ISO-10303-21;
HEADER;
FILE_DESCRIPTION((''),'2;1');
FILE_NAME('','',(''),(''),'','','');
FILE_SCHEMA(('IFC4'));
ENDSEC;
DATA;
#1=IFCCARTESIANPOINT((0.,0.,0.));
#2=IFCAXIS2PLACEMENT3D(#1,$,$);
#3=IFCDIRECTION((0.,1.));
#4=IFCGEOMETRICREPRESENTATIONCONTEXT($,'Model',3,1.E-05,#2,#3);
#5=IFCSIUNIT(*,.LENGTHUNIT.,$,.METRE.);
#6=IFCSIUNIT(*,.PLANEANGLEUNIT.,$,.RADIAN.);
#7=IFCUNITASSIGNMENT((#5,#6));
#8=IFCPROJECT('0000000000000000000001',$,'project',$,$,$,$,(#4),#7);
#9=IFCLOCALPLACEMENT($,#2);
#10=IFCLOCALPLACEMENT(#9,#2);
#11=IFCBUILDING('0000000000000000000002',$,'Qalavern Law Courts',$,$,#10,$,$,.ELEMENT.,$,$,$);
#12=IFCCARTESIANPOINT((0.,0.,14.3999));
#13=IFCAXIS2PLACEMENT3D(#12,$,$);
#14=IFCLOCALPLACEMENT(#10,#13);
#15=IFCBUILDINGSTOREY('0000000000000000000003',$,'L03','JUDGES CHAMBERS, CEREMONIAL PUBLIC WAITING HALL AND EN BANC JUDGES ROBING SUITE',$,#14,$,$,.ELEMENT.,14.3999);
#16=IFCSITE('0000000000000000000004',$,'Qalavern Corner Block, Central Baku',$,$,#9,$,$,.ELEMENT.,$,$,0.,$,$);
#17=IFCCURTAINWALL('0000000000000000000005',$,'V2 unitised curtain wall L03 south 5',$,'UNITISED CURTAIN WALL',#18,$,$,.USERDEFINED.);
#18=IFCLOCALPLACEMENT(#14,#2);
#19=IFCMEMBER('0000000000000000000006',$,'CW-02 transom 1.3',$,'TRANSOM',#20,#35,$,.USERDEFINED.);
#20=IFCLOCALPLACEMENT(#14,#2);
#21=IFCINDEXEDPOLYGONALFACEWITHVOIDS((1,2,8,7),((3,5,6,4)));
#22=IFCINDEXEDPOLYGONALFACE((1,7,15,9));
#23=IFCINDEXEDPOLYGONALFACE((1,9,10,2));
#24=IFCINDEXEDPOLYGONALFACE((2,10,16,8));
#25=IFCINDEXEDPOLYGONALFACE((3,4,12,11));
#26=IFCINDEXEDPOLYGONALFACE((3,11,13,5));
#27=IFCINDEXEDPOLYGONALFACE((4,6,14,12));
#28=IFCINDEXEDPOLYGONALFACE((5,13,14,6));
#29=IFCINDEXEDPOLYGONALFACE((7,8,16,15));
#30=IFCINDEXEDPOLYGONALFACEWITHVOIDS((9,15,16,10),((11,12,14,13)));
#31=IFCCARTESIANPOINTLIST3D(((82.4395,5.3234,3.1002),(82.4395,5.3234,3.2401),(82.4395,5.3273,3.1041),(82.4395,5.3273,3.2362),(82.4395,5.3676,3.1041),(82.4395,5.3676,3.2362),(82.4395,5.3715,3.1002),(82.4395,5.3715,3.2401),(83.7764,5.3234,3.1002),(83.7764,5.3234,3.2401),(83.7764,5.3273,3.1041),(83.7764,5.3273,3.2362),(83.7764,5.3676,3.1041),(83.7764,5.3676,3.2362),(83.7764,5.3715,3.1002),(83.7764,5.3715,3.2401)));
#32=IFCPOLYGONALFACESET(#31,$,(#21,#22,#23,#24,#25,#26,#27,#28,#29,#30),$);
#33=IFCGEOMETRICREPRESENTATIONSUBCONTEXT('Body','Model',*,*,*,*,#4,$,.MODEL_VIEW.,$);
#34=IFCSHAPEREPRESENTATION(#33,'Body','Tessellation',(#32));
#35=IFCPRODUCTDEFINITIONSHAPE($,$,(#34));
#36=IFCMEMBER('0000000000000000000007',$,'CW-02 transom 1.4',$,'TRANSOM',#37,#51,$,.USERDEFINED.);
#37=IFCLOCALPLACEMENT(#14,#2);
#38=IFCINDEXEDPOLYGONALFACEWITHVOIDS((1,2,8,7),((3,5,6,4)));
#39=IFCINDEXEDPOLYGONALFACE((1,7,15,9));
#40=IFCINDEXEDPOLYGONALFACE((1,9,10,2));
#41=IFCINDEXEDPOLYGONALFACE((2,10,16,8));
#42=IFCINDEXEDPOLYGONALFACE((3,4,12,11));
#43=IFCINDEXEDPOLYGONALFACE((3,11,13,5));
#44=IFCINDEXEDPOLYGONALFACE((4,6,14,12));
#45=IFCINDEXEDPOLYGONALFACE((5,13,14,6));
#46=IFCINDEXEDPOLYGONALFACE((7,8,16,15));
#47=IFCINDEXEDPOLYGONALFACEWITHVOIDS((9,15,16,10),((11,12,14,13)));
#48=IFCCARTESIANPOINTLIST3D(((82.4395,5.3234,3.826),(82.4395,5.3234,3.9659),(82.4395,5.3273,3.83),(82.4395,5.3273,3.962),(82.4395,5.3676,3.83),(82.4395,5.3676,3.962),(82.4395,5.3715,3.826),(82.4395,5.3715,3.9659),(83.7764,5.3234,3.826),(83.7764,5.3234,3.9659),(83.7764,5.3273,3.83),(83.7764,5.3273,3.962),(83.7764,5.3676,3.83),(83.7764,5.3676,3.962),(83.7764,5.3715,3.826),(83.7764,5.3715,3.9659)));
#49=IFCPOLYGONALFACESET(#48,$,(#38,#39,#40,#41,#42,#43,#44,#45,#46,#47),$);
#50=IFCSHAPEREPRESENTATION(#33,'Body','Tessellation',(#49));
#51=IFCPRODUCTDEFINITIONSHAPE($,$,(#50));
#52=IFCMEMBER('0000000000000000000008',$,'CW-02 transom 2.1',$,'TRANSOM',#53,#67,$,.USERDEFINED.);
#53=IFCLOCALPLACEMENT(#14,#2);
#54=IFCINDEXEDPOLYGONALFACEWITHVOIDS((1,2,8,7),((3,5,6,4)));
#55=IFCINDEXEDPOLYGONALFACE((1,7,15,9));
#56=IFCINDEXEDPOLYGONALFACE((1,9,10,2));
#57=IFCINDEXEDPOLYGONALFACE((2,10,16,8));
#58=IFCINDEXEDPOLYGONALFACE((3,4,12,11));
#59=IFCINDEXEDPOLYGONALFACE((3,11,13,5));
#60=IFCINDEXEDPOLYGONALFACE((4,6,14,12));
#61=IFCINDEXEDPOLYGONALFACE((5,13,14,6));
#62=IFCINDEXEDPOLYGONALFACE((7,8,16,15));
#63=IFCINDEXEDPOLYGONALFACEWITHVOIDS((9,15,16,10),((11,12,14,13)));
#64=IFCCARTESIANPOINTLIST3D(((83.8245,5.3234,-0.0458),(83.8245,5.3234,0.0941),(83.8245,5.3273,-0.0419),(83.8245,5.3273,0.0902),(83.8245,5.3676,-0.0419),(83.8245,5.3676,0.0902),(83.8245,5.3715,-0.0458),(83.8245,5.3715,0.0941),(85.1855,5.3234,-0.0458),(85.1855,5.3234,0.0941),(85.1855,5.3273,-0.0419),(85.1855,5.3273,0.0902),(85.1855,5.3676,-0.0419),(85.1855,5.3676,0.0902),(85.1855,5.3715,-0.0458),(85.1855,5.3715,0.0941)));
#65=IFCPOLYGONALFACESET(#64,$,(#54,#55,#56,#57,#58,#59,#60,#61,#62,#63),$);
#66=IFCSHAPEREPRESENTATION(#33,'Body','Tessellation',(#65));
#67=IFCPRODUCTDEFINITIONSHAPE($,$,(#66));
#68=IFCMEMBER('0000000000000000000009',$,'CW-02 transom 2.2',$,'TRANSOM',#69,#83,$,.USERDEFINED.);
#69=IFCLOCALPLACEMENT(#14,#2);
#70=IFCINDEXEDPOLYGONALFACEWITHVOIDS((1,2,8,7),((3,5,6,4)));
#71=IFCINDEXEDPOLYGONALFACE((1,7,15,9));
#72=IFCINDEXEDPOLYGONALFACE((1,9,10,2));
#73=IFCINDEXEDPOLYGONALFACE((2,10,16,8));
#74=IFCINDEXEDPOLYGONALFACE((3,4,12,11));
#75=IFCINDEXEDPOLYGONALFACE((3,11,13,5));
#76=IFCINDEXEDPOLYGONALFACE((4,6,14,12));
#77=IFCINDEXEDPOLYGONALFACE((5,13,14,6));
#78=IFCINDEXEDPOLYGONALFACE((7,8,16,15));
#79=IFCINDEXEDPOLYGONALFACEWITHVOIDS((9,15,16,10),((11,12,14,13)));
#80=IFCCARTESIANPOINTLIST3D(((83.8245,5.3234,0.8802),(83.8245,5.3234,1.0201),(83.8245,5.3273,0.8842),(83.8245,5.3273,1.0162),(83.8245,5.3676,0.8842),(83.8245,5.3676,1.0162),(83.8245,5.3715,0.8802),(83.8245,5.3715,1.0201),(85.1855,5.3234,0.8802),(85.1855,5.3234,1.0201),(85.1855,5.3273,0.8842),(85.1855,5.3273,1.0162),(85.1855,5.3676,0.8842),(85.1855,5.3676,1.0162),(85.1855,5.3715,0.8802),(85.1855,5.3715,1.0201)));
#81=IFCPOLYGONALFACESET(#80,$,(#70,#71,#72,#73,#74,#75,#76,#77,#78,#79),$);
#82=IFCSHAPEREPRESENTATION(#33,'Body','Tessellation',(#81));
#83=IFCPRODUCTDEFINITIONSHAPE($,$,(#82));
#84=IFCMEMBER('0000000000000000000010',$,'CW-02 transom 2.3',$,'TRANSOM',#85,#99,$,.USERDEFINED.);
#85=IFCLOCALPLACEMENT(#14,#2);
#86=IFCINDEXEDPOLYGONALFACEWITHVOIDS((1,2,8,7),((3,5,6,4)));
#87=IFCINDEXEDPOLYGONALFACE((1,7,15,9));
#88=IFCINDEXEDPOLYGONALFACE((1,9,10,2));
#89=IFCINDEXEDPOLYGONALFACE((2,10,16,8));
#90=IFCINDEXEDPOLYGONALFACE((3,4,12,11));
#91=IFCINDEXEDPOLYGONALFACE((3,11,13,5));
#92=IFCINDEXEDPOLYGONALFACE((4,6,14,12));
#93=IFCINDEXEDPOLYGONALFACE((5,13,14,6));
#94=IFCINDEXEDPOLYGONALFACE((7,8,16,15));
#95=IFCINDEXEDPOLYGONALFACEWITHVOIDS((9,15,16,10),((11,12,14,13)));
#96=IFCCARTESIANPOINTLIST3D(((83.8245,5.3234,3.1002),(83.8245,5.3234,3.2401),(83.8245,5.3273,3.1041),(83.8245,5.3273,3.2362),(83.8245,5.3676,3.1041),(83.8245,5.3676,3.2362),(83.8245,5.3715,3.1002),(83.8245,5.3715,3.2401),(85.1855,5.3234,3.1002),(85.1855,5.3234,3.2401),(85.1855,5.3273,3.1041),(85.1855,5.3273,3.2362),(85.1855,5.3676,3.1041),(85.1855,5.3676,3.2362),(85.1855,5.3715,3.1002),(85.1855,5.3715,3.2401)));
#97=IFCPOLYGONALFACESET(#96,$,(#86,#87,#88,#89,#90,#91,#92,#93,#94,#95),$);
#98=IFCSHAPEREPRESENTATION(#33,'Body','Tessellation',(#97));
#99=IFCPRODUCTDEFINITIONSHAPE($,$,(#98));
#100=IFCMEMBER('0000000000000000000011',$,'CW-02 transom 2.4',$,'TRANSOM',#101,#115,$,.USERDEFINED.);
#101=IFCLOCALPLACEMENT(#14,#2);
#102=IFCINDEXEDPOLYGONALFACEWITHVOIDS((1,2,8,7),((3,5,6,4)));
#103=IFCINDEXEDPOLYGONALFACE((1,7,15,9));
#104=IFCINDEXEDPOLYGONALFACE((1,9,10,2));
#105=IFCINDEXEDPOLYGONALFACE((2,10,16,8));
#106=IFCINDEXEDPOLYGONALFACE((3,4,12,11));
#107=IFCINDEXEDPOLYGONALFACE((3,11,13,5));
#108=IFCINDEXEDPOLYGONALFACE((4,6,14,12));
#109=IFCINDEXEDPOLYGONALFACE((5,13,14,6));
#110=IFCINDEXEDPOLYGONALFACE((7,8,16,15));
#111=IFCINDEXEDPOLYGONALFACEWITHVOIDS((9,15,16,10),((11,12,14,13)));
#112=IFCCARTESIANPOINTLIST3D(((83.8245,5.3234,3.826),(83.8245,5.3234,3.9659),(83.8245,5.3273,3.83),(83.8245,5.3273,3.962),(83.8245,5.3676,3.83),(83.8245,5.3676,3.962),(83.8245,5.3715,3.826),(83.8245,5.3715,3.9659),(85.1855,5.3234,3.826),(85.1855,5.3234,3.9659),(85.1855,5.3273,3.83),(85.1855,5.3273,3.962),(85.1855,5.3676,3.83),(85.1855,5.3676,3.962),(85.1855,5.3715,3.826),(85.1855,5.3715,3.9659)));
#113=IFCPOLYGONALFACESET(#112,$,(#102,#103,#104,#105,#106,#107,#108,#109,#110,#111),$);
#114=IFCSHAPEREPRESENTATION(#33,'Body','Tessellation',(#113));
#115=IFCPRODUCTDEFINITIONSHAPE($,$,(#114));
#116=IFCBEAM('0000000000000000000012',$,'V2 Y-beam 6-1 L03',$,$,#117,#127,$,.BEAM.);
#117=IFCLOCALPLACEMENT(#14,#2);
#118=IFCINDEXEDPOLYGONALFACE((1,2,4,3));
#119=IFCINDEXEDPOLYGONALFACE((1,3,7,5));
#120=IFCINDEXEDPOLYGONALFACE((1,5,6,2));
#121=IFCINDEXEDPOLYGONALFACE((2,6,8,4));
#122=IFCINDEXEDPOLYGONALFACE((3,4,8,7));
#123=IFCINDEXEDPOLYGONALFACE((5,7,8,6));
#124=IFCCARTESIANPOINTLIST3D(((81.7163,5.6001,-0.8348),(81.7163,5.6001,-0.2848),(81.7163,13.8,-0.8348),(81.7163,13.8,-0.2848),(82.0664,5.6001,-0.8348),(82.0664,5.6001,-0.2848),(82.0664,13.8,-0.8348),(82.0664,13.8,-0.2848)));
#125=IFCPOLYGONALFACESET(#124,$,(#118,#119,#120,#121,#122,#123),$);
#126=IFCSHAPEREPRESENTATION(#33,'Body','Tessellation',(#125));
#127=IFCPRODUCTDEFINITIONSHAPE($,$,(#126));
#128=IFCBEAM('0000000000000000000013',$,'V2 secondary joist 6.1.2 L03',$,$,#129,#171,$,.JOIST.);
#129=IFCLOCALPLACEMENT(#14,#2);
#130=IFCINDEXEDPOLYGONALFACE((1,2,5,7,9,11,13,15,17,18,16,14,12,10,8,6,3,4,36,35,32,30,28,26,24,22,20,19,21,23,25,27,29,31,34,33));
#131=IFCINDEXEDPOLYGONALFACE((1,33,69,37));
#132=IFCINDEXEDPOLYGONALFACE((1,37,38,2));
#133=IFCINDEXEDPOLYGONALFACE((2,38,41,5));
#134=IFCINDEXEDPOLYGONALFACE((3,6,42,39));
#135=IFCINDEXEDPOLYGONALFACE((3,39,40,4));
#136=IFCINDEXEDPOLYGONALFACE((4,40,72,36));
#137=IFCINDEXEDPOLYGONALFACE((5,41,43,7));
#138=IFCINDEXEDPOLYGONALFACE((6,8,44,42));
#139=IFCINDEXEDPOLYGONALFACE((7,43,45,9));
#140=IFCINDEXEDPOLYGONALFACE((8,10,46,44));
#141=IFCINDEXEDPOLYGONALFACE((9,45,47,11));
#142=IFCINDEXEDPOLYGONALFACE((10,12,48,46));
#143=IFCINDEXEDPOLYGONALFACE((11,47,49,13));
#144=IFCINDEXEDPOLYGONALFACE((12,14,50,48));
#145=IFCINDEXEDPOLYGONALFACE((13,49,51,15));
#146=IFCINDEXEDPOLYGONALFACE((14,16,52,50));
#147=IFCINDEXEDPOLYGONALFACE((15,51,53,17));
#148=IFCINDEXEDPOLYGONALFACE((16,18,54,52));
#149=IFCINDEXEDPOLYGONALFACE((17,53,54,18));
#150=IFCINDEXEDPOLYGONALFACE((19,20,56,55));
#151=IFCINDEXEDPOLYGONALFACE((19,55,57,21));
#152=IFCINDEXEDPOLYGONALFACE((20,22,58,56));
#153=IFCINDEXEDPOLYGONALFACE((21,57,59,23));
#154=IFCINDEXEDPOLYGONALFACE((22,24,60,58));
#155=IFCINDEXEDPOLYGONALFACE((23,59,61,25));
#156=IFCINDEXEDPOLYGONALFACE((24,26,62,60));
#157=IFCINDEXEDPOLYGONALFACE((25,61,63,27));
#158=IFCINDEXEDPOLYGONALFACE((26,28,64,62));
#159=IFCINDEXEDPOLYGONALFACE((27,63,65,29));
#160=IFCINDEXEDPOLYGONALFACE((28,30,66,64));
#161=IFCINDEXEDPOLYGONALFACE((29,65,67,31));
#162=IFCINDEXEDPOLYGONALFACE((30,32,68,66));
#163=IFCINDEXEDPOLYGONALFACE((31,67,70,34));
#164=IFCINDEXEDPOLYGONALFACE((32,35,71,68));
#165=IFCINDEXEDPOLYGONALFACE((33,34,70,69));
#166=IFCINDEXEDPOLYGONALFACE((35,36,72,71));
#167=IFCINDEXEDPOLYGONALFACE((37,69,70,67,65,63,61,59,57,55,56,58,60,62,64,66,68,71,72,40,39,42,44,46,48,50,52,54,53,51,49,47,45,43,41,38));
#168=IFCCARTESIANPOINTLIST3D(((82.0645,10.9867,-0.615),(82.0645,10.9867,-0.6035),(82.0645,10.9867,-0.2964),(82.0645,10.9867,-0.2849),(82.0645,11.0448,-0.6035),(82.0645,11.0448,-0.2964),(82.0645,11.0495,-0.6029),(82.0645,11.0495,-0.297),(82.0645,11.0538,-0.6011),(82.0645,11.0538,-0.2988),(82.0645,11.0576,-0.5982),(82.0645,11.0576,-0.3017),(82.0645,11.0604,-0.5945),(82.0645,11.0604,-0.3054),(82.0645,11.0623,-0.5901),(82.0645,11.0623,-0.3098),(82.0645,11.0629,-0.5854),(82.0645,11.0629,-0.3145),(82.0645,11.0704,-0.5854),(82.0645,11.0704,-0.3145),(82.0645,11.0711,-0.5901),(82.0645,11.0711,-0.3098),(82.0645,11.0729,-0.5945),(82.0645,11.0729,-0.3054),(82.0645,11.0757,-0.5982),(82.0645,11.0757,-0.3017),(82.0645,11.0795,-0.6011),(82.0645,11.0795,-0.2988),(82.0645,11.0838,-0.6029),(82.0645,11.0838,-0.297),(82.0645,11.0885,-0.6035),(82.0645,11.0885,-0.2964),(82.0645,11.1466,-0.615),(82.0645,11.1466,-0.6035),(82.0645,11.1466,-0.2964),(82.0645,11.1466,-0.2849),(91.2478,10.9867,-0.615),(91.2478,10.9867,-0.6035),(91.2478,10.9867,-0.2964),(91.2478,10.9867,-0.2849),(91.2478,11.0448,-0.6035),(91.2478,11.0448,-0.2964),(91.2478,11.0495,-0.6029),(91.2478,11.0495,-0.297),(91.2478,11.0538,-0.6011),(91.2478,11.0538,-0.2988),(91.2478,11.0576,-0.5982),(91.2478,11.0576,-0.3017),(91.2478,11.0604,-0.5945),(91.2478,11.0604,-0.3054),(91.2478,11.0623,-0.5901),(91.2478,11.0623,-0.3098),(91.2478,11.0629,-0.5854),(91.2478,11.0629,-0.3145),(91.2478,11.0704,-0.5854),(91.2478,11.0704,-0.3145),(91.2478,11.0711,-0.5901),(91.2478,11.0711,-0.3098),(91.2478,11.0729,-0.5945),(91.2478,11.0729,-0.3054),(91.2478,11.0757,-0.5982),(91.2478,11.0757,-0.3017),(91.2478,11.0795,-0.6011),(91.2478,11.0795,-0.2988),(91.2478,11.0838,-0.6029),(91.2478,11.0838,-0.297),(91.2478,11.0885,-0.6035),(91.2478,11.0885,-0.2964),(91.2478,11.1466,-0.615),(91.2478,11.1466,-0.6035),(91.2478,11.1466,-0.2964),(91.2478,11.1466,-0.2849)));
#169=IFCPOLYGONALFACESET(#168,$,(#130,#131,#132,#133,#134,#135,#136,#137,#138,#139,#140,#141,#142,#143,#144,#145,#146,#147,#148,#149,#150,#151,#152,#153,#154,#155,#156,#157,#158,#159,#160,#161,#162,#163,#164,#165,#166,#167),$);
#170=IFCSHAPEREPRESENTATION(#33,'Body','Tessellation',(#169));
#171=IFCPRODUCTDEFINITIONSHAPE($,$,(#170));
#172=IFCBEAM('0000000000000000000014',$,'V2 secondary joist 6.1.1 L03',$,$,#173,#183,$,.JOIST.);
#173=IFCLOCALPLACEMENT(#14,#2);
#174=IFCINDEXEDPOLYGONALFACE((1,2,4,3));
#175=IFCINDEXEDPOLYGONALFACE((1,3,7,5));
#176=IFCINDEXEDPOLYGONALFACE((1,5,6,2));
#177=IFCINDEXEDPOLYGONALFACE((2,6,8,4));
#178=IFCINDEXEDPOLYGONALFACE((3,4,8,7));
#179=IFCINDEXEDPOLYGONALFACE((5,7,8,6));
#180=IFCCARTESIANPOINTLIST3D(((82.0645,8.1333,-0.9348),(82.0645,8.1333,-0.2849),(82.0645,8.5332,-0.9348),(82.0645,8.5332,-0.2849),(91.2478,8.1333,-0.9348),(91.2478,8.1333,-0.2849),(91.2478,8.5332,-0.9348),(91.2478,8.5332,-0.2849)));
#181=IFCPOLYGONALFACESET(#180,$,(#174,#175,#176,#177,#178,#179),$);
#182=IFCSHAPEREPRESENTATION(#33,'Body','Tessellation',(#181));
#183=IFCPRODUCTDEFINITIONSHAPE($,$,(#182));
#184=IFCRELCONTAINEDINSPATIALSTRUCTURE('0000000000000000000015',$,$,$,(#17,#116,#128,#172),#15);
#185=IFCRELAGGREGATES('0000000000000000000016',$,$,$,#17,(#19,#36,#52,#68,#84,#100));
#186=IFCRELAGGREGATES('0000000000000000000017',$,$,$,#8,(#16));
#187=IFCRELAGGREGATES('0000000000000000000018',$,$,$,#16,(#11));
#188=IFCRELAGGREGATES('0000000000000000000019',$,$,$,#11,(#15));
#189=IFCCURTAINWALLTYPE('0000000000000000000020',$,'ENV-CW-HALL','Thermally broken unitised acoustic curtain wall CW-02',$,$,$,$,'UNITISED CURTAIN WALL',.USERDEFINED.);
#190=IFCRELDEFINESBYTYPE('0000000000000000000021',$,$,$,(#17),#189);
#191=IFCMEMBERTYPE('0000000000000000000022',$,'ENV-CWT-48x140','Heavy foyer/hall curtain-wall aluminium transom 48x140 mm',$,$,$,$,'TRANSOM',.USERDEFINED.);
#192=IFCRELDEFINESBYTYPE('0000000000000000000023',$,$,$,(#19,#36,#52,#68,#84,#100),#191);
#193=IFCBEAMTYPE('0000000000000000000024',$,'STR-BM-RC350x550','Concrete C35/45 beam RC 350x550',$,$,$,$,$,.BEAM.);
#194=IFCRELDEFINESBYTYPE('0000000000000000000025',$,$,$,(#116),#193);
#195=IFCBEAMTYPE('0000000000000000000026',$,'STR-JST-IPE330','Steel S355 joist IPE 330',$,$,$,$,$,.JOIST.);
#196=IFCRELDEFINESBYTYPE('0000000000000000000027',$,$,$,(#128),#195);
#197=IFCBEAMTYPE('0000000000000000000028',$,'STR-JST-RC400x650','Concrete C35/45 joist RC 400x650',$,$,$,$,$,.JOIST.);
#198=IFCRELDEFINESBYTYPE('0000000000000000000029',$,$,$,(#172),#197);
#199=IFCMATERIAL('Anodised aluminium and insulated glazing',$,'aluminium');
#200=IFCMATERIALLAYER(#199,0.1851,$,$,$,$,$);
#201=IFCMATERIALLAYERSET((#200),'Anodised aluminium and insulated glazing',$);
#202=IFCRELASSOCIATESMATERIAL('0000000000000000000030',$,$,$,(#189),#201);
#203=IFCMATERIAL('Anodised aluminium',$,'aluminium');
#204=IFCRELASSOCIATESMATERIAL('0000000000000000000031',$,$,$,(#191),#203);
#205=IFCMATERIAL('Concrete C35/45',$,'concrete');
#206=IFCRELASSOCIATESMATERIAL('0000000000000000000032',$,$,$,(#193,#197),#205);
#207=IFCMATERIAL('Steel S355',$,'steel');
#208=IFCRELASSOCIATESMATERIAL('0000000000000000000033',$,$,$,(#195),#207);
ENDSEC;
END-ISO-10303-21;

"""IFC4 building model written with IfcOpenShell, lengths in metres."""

from ifc_helpers import new_model, si_unit, direction, frame, origin, origin_2d, place, context, subcontext, project, spatial, rectangle, hollow_rectangle, i_section, extrude, material, layer, layer_set, material_profile, profile_set, type_object, element, aggregate, save


model = new_model("IFC4")

# Units and contexts
model_context = context("Model", 3, precision=1e-05, world=origin(), true_north=direction((0.0, 1.0)))
body_context = subcontext(model_context, "Body", "Model", "MODEL_VIEW")
ifc_project = project(units=[si_unit("LENGTHUNIT", "METRE"), si_unit("PLANEANGLEUNIT", "RADIAN")], contexts=[model_context])

# Site, building, storey
site_placement = place(None, origin())
site = spatial("IfcSite", under=ifc_project, at=site_placement, Name="Qalavern Corner Block, Central Baku", CompositionType="ELEMENT", RefElevation=0.0)
building_placement = place(site_placement, origin())
building = spatial("IfcBuilding", under=site, at=building_placement, Name="Qalavern Law Courts", CompositionType="ELEMENT")
storey_placement = place(building_placement, frame((0.0, 0.0, 14.3999)))
storey = spatial("IfcBuildingStorey", under=building, at=storey_placement, Name="L03", Description="JUDGES CHAMBERS, CEREMONIAL PUBLIC WAITING HALL AND EN BANC JUDGES ROBING SUITE", CompositionType="ELEMENT", Elevation=14.3999)

# Curtain wall
ifc_material_1 = material(Name="Anodised aluminium and insulated glazing", Category="aluminium")
ifc_layer_1 = layer(ifc_material_1, 0.1851)
ifc_layer_set_1 = layer_set([ifc_layer_1], Name="Anodised aluminium and insulated glazing")
curtain_wall_type = type_object("IfcCurtainWallType", Name="ENV-CW-HALL", Description="Thermally broken unitised acoustic curtain wall CW-02", ElementType="UNITISED CURTAIN WALL", PredefinedType="USERDEFINED", material=ifc_layer_set_1)
ifc_material_2 = material(Name="Anodised aluminium", Category="aluminium")
curtain_wall_1_placement = place(storey_placement, origin())
curtain_wall_1 = element("IfcCurtainWall", 1, at=curtain_wall_1_placement, inside=storey, type_object=curtain_wall_type, Name="V2 unitised curtain wall L03 south 5", ObjectType="UNITISED CURTAIN WALL", PredefinedType="USERDEFINED")

# Members
ifc_material_profile_1 = material_profile(ifc_material_2, hollow_rectangle(XDim=0.0481, YDim=0.1399, WallThickness=0.0039, at=origin_2d()), Name="ALU TRANSOM 48x140")
ifc_profile_set_1 = profile_set([ifc_material_profile_1], Name="Anodised aluminium")
member_type_1 = type_object("IfcMemberType", Name="ENV-CWT-48x140", Description="Heavy foyer/hall curtain-wall aluminium transom 48x140 mm", ElementType="TRANSOM", PredefinedType="USERDEFINED", material=ifc_profile_set_1)
member_1_placement = place(storey_placement, frame((82.4395, 5.3474, 3.1702), z_axis=(1.0, 0.0, 0.0), x_axis=(0.0, 1.0, 0.0)))
member_1 = element("IfcMember", 2, at=member_1_placement, type_object=member_type_1, Name="CW-02 transom 1.3", ObjectType="TRANSOM", PredefinedType="USERDEFINED", context=body_context, shape_type="SweptSolid", body=[
    extrude(hollow_rectangle(XDim=0.0481, YDim=0.1399, WallThickness=0.0039, at=origin_2d()), origin(), (0.0, 0.0, 1.0), 1.3369),
])
member_2_placement = place(storey_placement, frame((82.4395, 5.3474, 3.896), z_axis=(1.0, 0.0, 0.0), x_axis=(0.0, 1.0, 0.0)))
member_2 = element("IfcMember", 3, at=member_2_placement, type_object=member_type_1, Name="CW-02 transom 1.4", ObjectType="TRANSOM", PredefinedType="USERDEFINED", context=body_context, shape_type="SweptSolid", body=[
    extrude(hollow_rectangle(XDim=0.0481, YDim=0.1399, WallThickness=0.0039, at=origin_2d()), origin(), (0.0, 0.0, 1.0), 1.3369),
])
member_3_placement = place(storey_placement, frame((83.8245, 5.3474, 0.0242), z_axis=(1.0, 0.0, 0.0), x_axis=(0.0, 1.0, 0.0)))
member_3 = element("IfcMember", 4, at=member_3_placement, type_object=member_type_1, Name="CW-02 transom 2.1", ObjectType="TRANSOM", PredefinedType="USERDEFINED", context=body_context, shape_type="SweptSolid", body=[
    extrude(hollow_rectangle(XDim=0.0481, YDim=0.1399, WallThickness=0.0039, at=origin_2d()), origin(), (0.0, 0.0, 1.0), 1.3611),
])
member_4_placement = place(storey_placement, frame((83.8245, 5.3474, 0.9502), z_axis=(1.0, 0.0, 0.0), x_axis=(0.0, 1.0, 0.0)))
member_4 = element("IfcMember", 5, at=member_4_placement, type_object=member_type_1, Name="CW-02 transom 2.2", ObjectType="TRANSOM", PredefinedType="USERDEFINED", context=body_context, shape_type="SweptSolid", body=[
    extrude(hollow_rectangle(XDim=0.0481, YDim=0.1399, WallThickness=0.0039, at=origin_2d()), origin(), (0.0, 0.0, 1.0), 1.3611),
])
member_5_placement = place(storey_placement, frame((83.8245, 5.3474, 3.1702), z_axis=(1.0, 0.0, 0.0), x_axis=(0.0, 1.0, 0.0)))
member_5 = element("IfcMember", 6, at=member_5_placement, type_object=member_type_1, Name="CW-02 transom 2.3", ObjectType="TRANSOM", PredefinedType="USERDEFINED", context=body_context, shape_type="SweptSolid", body=[
    extrude(hollow_rectangle(XDim=0.0481, YDim=0.1399, WallThickness=0.0039, at=origin_2d()), origin(), (0.0, 0.0, 1.0), 1.3611),
])
member_6_placement = place(storey_placement, frame((83.8245, 5.3474, 3.896), z_axis=(1.0, 0.0, 0.0), x_axis=(0.0, 1.0, 0.0)))
member_6 = element("IfcMember", 7, at=member_6_placement, type_object=member_type_1, Name="CW-02 transom 2.4", ObjectType="TRANSOM", PredefinedType="USERDEFINED", context=body_context, shape_type="SweptSolid", body=[
    extrude(hollow_rectangle(XDim=0.0481, YDim=0.1399, WallThickness=0.0039, at=origin_2d()), origin(), (0.0, 0.0, 1.0), 1.3611),
])

# Beams
ifc_material_3 = material(Name="Concrete C35/45", Category="concrete")
ifc_material_profile_2 = material_profile(ifc_material_3, rectangle(XDim=0.3501, YDim=0.55, at=origin_2d()), Name="RC 350x550")
ifc_profile_set_2 = profile_set([ifc_material_profile_2], Name="Concrete C35/45")
beam_type_1 = type_object("IfcBeamType", Name="STR-BM-RC350x550", Description="Concrete C35/45 beam RC 350x550", PredefinedType="BEAM", material=ifc_profile_set_2)
beam_1_placement = place(storey_placement, frame((81.8914, 5.6001, -0.5598), z_axis=(0.0, 1.0, 0.0), x_axis=(-1.0, 0.0, 0.0)))
element("IfcBeam", 8, at=beam_1_placement, inside=storey, type_object=beam_type_1, Name="V2 Y-beam 6-1 L03", PredefinedType="BEAM", context=body_context, shape_type="SweptSolid", body=[
    extrude(rectangle(XDim=0.3501, YDim=0.55, at=origin_2d()), origin(), (0.0, 0.0, 1.0), 8.2),
])
ifc_material_4 = material(Name="Steel S355", Category="steel")
ifc_material_profile_3 = material_profile(ifc_material_4, i_section(OverallWidth=0.1599, OverallDepth=0.3301, WebThickness=0.0076, FlangeThickness=0.0115, FilletRadius=0.0181, at=origin_2d()), Name="IPE 330")
ifc_profile_set_3 = profile_set([ifc_material_profile_3], Name="Steel S355")
beam_type_2 = type_object("IfcBeamType", Name="STR-JST-IPE330", Description="Steel S355 joist IPE 330", PredefinedType="JOIST", material=ifc_profile_set_3)
beam_2_placement = place(storey_placement, frame((82.0645, 11.0667, -0.45), z_axis=(1.0, 0.0, 0.0), x_axis=(0.0, 1.0, 0.0)))
element("IfcBeam", 9, at=beam_2_placement, inside=storey, type_object=beam_type_2, Name="V2 secondary joist 6.1.2 L03", PredefinedType="JOIST", context=body_context, shape_type="SweptSolid", body=[
    extrude(i_section(OverallWidth=0.1599, OverallDepth=0.3301, WebThickness=0.0076, FlangeThickness=0.0115, FilletRadius=0.0181, at=origin_2d()), origin(), (0.0, 0.0, 1.0), 9.1833),
])
ifc_material_profile_4 = material_profile(ifc_material_3, rectangle(XDim=0.3999, YDim=0.6499, at=origin_2d()), Name="RC 400x650")
ifc_profile_set_4 = profile_set([ifc_material_profile_4], Name="Concrete C35/45")
beam_type_3 = type_object("IfcBeamType", Name="STR-JST-RC400x650", Description="Concrete C35/45 joist RC 400x650", PredefinedType="JOIST", material=ifc_profile_set_4)
beam_3_placement = place(storey_placement, frame((82.0645, 8.3333, -0.6099), z_axis=(1.0, 0.0, 0.0), x_axis=(0.0, 1.0, 0.0)))
element("IfcBeam", 10, at=beam_3_placement, inside=storey, type_object=beam_type_3, Name="V2 secondary joist 6.1.1 L03", PredefinedType="JOIST", context=body_context, shape_type="SweptSolid", body=[
    extrude(rectangle(XDim=0.3999, YDim=0.6499, at=origin_2d()), origin(), (0.0, 0.0, 1.0), 9.1833),
])

aggregate(curtain_wall_1, [member_1, member_2, member_3, member_4, member_5, member_6])

save(model, "model.ifc")
